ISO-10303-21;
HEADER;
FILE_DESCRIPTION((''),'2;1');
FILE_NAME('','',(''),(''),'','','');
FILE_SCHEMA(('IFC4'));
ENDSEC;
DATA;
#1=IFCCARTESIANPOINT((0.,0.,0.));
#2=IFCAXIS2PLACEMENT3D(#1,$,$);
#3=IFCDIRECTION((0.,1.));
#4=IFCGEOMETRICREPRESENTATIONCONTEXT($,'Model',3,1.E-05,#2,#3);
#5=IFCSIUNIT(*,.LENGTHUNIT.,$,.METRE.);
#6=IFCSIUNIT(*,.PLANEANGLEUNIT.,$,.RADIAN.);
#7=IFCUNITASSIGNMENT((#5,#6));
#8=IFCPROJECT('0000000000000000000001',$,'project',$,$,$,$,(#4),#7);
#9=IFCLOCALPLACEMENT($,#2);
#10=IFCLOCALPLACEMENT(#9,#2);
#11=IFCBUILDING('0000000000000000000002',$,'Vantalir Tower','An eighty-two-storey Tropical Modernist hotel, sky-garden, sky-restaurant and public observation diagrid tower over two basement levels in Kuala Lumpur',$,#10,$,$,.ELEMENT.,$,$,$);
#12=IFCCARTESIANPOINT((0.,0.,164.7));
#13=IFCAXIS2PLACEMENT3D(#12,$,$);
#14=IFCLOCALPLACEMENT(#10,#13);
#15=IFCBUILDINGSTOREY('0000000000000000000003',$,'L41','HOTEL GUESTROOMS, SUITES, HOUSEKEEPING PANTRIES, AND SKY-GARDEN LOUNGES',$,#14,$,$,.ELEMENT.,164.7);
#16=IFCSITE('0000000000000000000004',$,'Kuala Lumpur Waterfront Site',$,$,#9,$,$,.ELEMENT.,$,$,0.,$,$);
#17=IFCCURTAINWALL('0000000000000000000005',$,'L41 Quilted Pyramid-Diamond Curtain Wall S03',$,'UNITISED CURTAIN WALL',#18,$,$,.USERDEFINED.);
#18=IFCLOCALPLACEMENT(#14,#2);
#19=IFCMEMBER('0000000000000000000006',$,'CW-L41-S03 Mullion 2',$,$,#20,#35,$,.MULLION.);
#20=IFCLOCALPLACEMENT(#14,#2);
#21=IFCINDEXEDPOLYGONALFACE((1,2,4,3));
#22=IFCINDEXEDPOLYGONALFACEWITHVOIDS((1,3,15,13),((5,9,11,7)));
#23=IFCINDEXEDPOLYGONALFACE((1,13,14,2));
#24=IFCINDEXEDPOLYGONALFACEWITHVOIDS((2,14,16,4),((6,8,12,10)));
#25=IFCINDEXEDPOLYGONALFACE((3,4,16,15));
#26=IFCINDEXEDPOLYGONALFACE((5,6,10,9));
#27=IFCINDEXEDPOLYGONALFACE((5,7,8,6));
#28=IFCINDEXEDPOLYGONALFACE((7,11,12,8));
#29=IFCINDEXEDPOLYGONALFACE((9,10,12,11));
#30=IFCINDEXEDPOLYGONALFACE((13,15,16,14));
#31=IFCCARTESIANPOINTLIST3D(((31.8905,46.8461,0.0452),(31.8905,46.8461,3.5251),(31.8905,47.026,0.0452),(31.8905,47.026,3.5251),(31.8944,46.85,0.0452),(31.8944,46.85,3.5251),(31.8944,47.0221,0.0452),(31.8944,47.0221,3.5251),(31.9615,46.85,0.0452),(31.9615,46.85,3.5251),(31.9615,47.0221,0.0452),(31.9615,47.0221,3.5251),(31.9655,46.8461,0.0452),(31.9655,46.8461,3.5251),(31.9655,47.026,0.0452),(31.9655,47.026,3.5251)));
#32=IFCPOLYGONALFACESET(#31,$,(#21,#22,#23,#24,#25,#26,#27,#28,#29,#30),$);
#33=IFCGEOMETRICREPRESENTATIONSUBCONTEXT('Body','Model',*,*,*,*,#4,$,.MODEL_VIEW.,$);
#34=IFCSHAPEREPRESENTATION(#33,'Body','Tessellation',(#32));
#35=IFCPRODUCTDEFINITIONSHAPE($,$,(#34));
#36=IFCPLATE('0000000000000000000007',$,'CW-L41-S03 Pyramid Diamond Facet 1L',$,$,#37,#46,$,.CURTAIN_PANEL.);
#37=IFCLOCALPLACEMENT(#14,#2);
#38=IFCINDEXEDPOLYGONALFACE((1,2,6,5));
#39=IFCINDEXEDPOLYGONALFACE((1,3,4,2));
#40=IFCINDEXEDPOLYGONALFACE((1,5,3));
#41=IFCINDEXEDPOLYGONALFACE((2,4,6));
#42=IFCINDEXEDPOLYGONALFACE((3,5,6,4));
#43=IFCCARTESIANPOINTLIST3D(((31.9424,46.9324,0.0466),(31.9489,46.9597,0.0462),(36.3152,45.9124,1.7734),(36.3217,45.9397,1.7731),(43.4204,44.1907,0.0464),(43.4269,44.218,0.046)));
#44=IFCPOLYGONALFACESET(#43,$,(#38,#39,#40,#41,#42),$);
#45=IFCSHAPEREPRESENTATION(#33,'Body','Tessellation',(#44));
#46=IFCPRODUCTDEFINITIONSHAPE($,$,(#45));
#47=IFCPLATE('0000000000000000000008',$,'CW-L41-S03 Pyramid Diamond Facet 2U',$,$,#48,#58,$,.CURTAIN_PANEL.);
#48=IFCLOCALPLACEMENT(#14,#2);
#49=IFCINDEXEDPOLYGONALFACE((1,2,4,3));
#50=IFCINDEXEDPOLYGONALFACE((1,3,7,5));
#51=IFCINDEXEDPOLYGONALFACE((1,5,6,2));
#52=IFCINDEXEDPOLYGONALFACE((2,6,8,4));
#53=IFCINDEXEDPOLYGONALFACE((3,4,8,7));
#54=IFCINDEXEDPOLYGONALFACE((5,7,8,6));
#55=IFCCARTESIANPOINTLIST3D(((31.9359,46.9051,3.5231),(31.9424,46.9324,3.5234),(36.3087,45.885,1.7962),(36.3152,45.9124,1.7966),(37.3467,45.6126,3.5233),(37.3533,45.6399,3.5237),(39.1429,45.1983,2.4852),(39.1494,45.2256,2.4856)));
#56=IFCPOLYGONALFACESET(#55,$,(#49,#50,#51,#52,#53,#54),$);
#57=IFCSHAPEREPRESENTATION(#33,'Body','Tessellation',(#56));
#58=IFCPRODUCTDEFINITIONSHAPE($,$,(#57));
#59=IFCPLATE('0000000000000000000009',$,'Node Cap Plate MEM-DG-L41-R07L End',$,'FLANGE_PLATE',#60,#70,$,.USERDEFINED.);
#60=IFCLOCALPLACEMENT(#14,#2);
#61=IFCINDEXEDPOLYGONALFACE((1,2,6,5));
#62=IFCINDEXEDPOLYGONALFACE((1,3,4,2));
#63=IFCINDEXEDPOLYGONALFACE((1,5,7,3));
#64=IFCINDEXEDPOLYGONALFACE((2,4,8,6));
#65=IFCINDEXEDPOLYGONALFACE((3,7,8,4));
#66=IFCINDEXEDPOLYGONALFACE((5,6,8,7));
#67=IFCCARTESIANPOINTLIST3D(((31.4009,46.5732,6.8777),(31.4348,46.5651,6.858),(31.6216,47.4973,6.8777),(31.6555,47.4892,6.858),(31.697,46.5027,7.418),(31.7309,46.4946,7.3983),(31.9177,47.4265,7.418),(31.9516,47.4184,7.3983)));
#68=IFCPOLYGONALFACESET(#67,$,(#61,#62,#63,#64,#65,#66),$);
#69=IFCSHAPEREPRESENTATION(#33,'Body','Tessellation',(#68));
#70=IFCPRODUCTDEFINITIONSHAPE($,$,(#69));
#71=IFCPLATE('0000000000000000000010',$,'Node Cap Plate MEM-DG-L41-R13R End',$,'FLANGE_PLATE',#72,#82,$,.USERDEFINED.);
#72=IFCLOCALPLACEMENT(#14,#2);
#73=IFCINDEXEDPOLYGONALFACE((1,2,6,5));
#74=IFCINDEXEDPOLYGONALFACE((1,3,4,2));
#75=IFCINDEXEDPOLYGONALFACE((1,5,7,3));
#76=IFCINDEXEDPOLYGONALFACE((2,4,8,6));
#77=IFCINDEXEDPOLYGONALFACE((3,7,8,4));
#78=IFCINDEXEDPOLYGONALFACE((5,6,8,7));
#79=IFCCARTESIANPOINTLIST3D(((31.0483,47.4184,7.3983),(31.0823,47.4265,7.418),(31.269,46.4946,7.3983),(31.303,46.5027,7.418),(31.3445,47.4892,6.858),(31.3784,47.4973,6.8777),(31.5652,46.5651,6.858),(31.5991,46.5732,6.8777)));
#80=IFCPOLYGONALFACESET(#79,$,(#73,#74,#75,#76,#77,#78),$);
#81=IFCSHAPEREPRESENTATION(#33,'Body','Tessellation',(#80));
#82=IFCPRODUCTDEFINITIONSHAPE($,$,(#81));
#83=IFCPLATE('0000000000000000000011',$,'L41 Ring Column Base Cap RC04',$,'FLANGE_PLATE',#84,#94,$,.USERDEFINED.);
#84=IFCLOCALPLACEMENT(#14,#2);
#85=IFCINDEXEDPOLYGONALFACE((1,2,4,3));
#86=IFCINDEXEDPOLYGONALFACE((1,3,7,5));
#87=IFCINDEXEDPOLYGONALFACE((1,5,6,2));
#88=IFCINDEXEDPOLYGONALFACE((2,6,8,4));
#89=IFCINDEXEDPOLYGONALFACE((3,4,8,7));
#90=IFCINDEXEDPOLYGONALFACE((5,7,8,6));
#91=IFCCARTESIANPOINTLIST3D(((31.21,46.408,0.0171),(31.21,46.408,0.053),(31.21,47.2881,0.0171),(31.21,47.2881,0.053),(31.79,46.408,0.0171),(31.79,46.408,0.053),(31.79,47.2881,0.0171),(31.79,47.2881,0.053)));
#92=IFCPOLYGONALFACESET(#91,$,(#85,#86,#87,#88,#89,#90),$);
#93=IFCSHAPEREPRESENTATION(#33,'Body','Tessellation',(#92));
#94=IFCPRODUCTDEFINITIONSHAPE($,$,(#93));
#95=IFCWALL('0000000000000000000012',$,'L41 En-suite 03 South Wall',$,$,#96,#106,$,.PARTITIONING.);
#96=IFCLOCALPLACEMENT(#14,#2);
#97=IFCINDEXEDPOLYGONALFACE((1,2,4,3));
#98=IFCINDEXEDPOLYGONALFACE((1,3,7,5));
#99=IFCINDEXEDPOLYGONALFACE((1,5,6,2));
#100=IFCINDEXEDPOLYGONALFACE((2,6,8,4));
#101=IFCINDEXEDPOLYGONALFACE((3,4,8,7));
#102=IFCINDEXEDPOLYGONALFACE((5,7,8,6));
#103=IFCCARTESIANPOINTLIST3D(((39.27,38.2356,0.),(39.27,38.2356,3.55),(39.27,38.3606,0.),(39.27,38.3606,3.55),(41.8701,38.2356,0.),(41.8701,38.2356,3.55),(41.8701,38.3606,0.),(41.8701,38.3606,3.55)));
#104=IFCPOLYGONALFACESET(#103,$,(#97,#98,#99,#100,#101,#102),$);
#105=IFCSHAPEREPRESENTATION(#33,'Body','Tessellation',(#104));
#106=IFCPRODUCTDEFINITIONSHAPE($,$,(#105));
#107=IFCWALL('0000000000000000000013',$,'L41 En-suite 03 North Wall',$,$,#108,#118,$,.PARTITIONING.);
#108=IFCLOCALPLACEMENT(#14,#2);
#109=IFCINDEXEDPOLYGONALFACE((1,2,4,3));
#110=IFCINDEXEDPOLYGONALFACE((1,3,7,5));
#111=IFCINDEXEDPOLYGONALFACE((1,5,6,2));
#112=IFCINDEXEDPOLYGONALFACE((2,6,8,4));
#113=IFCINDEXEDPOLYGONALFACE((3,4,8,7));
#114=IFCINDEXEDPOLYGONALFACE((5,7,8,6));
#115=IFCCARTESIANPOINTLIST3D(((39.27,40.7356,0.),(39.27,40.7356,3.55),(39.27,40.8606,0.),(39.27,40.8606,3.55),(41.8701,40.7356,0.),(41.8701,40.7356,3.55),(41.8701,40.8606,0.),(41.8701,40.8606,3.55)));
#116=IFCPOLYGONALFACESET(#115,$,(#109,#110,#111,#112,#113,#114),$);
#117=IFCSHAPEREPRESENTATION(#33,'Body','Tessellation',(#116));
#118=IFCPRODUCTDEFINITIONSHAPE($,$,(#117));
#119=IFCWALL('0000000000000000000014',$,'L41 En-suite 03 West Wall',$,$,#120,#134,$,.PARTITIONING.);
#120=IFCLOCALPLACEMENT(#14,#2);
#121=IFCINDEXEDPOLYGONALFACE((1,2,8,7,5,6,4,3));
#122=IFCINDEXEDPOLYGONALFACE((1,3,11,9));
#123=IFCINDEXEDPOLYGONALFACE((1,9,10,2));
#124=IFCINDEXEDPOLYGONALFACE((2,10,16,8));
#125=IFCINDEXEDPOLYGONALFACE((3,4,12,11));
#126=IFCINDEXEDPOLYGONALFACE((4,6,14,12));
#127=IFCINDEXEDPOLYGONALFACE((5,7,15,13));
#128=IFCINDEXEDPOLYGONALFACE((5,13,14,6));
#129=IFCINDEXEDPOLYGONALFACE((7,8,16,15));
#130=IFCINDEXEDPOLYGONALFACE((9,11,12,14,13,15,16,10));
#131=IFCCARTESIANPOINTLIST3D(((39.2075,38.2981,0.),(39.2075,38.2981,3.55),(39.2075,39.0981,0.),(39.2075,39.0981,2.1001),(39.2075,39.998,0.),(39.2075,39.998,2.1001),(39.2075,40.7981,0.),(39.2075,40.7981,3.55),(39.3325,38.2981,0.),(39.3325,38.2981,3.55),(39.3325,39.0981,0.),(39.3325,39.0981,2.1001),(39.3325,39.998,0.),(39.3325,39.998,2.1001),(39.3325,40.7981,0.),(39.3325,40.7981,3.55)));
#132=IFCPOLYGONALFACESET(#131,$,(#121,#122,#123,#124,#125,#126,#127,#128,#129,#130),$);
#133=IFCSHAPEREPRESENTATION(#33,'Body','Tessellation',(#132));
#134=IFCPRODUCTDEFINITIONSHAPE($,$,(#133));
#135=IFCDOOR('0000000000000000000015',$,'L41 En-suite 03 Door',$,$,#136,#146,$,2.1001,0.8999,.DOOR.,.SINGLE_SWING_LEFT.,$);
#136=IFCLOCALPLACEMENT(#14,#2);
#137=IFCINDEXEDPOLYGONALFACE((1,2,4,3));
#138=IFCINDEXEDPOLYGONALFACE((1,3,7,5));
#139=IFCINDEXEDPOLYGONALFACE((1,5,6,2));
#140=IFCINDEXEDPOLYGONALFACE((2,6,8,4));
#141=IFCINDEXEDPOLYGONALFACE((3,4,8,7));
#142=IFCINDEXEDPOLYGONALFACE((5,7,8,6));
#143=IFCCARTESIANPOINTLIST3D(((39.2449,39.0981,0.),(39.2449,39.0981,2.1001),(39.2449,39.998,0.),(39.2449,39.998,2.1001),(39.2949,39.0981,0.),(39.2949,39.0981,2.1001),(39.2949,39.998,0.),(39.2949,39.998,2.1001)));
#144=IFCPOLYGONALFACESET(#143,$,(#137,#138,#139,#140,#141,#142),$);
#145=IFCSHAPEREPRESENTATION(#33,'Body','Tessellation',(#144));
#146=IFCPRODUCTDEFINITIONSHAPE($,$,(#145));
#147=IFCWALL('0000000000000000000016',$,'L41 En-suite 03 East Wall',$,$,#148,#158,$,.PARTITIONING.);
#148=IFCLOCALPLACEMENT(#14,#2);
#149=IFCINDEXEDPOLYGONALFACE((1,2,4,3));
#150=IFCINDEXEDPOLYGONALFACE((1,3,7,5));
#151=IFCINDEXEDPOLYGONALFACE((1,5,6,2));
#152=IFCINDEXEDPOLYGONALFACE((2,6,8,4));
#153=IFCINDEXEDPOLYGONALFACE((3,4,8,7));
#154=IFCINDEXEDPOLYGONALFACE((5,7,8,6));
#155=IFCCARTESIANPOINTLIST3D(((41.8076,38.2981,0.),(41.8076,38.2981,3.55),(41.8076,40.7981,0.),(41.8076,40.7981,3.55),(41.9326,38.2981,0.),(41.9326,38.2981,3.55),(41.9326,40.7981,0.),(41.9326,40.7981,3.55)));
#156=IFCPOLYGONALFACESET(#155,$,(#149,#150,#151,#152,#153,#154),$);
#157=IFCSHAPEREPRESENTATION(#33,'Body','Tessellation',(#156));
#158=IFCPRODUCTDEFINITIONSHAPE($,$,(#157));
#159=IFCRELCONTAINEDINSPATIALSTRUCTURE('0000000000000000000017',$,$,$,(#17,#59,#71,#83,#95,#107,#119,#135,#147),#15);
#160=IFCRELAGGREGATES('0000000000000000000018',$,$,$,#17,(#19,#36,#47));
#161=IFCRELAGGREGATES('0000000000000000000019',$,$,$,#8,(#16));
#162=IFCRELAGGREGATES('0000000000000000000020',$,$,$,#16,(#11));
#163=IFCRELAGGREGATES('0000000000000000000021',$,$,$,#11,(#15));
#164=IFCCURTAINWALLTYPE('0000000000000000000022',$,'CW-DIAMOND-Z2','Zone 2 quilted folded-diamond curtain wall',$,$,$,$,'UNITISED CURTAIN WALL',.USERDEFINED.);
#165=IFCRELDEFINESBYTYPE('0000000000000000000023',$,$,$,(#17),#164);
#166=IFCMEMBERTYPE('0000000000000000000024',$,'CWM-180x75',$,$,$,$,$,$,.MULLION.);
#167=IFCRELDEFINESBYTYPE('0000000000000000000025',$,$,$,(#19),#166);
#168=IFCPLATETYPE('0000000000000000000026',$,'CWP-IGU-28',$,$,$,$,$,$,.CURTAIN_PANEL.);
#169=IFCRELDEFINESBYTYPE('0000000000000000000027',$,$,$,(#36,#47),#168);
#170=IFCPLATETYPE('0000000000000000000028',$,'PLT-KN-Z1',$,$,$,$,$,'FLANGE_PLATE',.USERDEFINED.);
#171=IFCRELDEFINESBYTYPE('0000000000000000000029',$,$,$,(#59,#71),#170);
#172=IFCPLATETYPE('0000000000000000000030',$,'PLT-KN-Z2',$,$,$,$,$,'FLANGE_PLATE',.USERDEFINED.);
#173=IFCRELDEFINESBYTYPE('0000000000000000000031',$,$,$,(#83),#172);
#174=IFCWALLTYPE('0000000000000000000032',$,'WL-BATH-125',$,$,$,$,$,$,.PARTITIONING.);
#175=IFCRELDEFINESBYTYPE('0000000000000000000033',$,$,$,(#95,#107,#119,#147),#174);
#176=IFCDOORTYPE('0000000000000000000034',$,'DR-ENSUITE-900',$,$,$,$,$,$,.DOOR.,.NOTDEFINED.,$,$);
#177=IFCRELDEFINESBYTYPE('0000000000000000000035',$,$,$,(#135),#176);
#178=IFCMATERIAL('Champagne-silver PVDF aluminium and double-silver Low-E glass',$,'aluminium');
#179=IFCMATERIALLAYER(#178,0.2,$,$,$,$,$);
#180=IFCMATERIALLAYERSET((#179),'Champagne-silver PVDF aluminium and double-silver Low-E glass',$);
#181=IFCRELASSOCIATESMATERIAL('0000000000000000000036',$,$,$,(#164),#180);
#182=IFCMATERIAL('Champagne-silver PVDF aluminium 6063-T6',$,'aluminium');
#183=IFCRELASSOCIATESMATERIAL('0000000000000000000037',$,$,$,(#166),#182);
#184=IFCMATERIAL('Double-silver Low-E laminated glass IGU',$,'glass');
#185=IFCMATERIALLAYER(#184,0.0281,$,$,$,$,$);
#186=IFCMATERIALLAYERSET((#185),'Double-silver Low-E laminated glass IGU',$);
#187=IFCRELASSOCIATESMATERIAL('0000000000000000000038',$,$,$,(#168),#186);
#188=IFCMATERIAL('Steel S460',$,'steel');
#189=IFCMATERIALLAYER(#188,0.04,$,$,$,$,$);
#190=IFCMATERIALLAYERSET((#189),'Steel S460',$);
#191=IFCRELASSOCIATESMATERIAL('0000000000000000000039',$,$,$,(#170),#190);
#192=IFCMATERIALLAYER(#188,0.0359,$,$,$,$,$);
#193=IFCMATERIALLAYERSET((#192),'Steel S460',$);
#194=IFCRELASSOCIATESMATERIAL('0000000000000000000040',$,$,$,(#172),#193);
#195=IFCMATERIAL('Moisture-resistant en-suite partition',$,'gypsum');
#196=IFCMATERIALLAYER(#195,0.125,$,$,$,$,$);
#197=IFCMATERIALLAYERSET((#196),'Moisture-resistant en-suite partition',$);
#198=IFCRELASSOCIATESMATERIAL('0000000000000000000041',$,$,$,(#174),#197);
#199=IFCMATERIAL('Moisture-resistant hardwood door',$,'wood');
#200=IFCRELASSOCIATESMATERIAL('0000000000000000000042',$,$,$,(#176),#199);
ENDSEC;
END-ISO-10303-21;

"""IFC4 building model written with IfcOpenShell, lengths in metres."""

from ifc_helpers import new_model, si_unit, direction, frame, frame_2d, origin, origin_2d, place, context, subcontext, project, spatial, polyline, rectangle, hollow_rectangle, outline, extrude, material, layer, layer_set, material_profile, profile_set, type_object, element, fill, aggregate, save


model = new_model("IFC4")

# Units and contexts
model_context = context("Model", 3, precision=1e-05, world=origin(), true_north=direction((0.0, 1.0)))
body_context = subcontext(model_context, "Body", "Model", "MODEL_VIEW")
ifc_project = project(units=[si_unit("LENGTHUNIT", "METRE"), si_unit("PLANEANGLEUNIT", "RADIAN")], contexts=[model_context])

# Site, building, storey
site_placement = place(None, origin())
site = spatial("IfcSite", under=ifc_project, at=site_placement, Name="Kuala Lumpur Waterfront Site", CompositionType="ELEMENT", RefElevation=0.0)
building_placement = place(site_placement, origin())
building = spatial("IfcBuilding", under=site, at=building_placement, Name="Vantalir Tower", Description="An eighty-two-storey Tropical Modernist hotel, sky-garden, sky-restaurant and public observation diagrid tower over two basement levels in Kuala Lumpur", CompositionType="ELEMENT")
storey_placement = place(building_placement, frame((0.0, 0.0, 164.7)))
storey = spatial("IfcBuildingStorey", under=building, at=storey_placement, Name="L41", Description="HOTEL GUESTROOMS, SUITES, HOUSEKEEPING PANTRIES, AND SKY-GARDEN LOUNGES", CompositionType="ELEMENT", Elevation=164.7)

# Shared definitions
ifc_material_1 = material(Name="Steel S460", Category="steel")

# Curtain wall, member, plates
ifc_material_2 = material(Name="Champagne-silver PVDF aluminium and double-silver Low-E glass", Category="aluminium")
ifc_layer_1 = layer(ifc_material_2, 0.2)
ifc_layer_set_1 = layer_set([ifc_layer_1], Name="Champagne-silver PVDF aluminium and double-silver Low-E glass")
curtain_wall_type = type_object("IfcCurtainWallType", Name="CW-DIAMOND-Z2", Description="Zone 2 quilted folded-diamond curtain wall", ElementType="UNITISED CURTAIN WALL", PredefinedType="USERDEFINED", material=ifc_layer_set_1)
curtain_wall_placement = place(storey_placement, origin())
curtain_wall = element("IfcCurtainWall", 1, at=curtain_wall_placement, inside=storey, type_object=curtain_wall_type, Name="L41 Quilted Pyramid-Diamond Curtain Wall S03", ObjectType="UNITISED CURTAIN WALL", PredefinedType="USERDEFINED")
ifc_material_3 = material(Name="Champagne-silver PVDF aluminium 6063-T6", Category="aluminium")
ifc_material_profile_1 = material_profile(ifc_material_3, hollow_rectangle(XDim=0.075, YDim=0.1799, WallThickness=0.0039, at=origin_2d()), Name="Champagne-silver PVDF aluminium 6063-T6")
ifc_profile_set_1 = profile_set([ifc_material_profile_1], Name="Champagne-silver PVDF aluminium 6063-T6")
member_type = type_object("IfcMemberType", Name="CWM-180x75", PredefinedType="MULLION", material=ifc_profile_set_1)
member_placement = place(storey_placement, frame((31.928, 46.936, 0.0452), z_axis=(0.0, 0.0, 1.0), x_axis=(1.0, 0.0, 0.0)))
member = element("IfcMember", 2, at=member_placement, type_object=member_type, Name="CW-L41-S03 Mullion 2", PredefinedType="MULLION", context=body_context, shape_type="SweptSolid", body=[
    extrude(hollow_rectangle(XDim=0.075, YDim=0.1799, WallThickness=0.0039, at=origin_2d()), origin(), (0.0, 0.0, 1.0), 3.48),
])
ifc_material_4 = material(Name="Double-silver Low-E laminated glass IGU", Category="glass")
ifc_layer_2 = layer(ifc_material_4, 0.0281)
ifc_layer_set_2 = layer_set([ifc_layer_2], Name="Double-silver Low-E laminated glass IGU")
plate_type_1 = type_object("IfcPlateType", Name="CWP-IGU-28", PredefinedType="CURTAIN_PANEL", material=ifc_layer_set_2)
plate_1_placement = place(storey_placement, frame((43.4204, 44.1907, 0.0464), z_axis=(-0.232307, -0.972545, 0.013792), x_axis=(-0.972637, 0.232329, 0.000021)))
plate_1 = element("IfcPlate", 3, at=plate_1_placement, type_object=plate_type_1, Name="CW-L41-S03 Pyramid Diamond Facet 1L", PredefinedType="CURTAIN_PANEL", context=body_context, shape_type="SweptSolid", body=[
    extrude(outline(polyline([(0.0, 0.0), (11.8009, 0.0), (7.3108, -1.7271), (0.0, 0.0)])), origin(), (0.0, 0.0, -1.0), 0.0281),
])
plate_2_placement = place(storey_placement, frame((37.3533, 45.6399, 3.5237), z_axis=(0.232307, 0.972545, 0.013796), x_axis=(-0.972637, 0.23233, -0.000044)))
plate_2 = element("IfcPlate", 4, at=plate_2_placement, type_object=plate_type_1, Name="CW-L41-S03 Pyramid Diamond Facet 2U", PredefinedType="CURTAIN_PANEL", context=body_context, shape_type="SweptSolid", body=[
    extrude(outline(polyline([(0.0, 0.0), (5.5631, 0.0), (1.0731, -1.7272), (-1.8432, -1.0383), (0.0, 0.0)])), origin(), (0.0, 0.0, -1.0), 0.0281),
])
aggregate(curtain_wall, [member, plate_1, plate_2])

# Plates
ifc_layer_3 = layer(ifc_material_1, 0.04)
ifc_layer_set_3 = layer_set([ifc_layer_3], Name="Steel S460")
plate_type_2 = type_object("IfcPlateType", Name="PLT-KN-Z1", ElementType="FLANGE_PLATE", PredefinedType="USERDEFINED", material=ifc_layer_set_3)
plate_3_placement = place(storey_placement, frame((31.6216, 47.4973, 6.8777), z_axis=(-0.847357, 0.202407, 0.490936), x_axis=(-0.232326, -0.972638, 0.000013)))
element("IfcPlate", 5, at=plate_3_placement, inside=storey, type_object=plate_type_2, Name="Node Cap Plate MEM-DG-L41-R07L End", ObjectType="FLANGE_PLATE", PredefinedType="USERDEFINED", context=body_context, shape_type="SweptSolid", body=[
    extrude(outline(polyline([(0.0, 0.0), (0.9501, 0.0), (0.9499, 0.6201), (0.0001, 0.6202), (0.0, 0.0)])), origin(), (0.0, 0.0, -1.0), 0.04),
])
plate_4_placement = place(storey_placement, frame((31.5991, 46.5732, 6.8777), z_axis=(0.847357, 0.202407, 0.490936), x_axis=(-0.232326, 0.972638, -0.000013)))
element("IfcPlate", 6, at=plate_4_placement, inside=storey, type_object=plate_type_2, Name="Node Cap Plate MEM-DG-L41-R13R End", ObjectType="FLANGE_PLATE", PredefinedType="USERDEFINED", context=body_context, shape_type="SweptSolid", body=[
    extrude(outline(polyline([(0.0, 0.0), (0.9501, 0.0), (0.95, 0.6202), (0.0002, 0.6201), (0.0, 0.0)])), origin(), (0.0, 0.0, -1.0), 0.04),
])
ifc_layer_4 = layer(ifc_material_1, 0.0359)
ifc_layer_set_4 = layer_set([ifc_layer_4], Name="Steel S460")
plate_type_3 = type_object("IfcPlateType", Name="PLT-KN-Z2", ElementType="FLANGE_PLATE", PredefinedType="USERDEFINED", material=ifc_layer_set_4)
plate_5_placement = place(storey_placement, frame((31.21, 47.2881, 0.053), z_axis=(0.0, 0.0, 1.0), x_axis=(0.0, -1.0, 0.0)))
element("IfcPlate", 7, at=plate_5_placement, inside=storey, type_object=plate_type_3, Name="L41 Ring Column Base Cap RC04", ObjectType="FLANGE_PLATE", PredefinedType="USERDEFINED", context=body_context, shape_type="SweptSolid", body=[
    extrude(outline(polyline([(0.0, 0.0), (0.8801, 0.0), (0.8801, 0.5801), (0.0, 0.5801), (0.0, 0.0)])), origin(), (0.0, 0.0, -1.0), 0.0359),
])

# Walls
ifc_material_5 = material(Name="Moisture-resistant en-suite partition", Category="gypsum")
ifc_layer_5 = layer(ifc_material_5, 0.125)
ifc_layer_set_5 = layer_set([ifc_layer_5], Name="Moisture-resistant en-suite partition")
wall_type_1 = type_object("IfcWallType", Name="WL-BATH-125", PredefinedType="PARTITIONING", material=ifc_layer_set_5)
for number, where, z_axis, x_axis, name in (
    (8, (39.27, 38.2981, 0.0), (0.0, 0.0, 1.0), (1.0, 0.0, 0.0), "L41 En-suite 03 South Wall"),
    (9, (39.27, 40.7981, 0.0), (0.0, 0.0, 1.0), (1.0, 0.0, 0.0), "L41 En-suite 03 North Wall"),
):
    element("IfcWall", number, at=place(storey_placement, frame(where, z_axis=z_axis, x_axis=x_axis)), inside=storey, type_object=wall_type_1, Name=name, PredefinedType="PARTITIONING", context=body_context, shape_type="SweptSolid", body=[
        extrude(rectangle(XDim=2.6001, YDim=0.125, at=frame_2d((1.3, 0.0))), origin(), (0.0, 0.0, 1.0), 3.55),
    ])

# Wall, opening, door
wall_1_placement = place(storey_placement, frame((39.27, 38.2981, 0.0), z_axis=(0.0, 0.0, 1.0), x_axis=(0.0, 1.0, 0.0)))
wall_1 = element("IfcWall", 10, at=wall_1_placement, inside=storey, type_object=wall_type_1, Name="L41 En-suite 03 West Wall", PredefinedType="PARTITIONING", context=body_context, shape_type="SweptSolid", body=[
    extrude(rectangle(XDim=2.5, YDim=0.125, at=frame_2d((1.25, 0.0))), origin(), (0.0, 0.0, 1.0), 3.55),
])
opening_1_placement = place(wall_1_placement, frame((0.8, 0.0, 0.0)))
opening_1 = element("IfcOpeningElement", 11, at=opening_1_placement, cuts=wall_1, PredefinedType="OPENING", context=body_context, shape_type="SweptSolid", body=[
    extrude(rectangle(XDim=0.8999, YDim=2.1001, at=frame_2d((0.45, 1.05))), frame((0.0, 0.0725, 0.0), z_axis=(0.0, -1.0, 0.0), x_axis=(1.0, 0.0, 0.0)), (0.0, 0.0, 1.0), 0.145),
])
ifc_material_6 = material(Name="Moisture-resistant hardwood door", Category="wood")
door_type_1 = type_object("IfcDoorType", Name="DR-ENSUITE-900", OperationType="NOTDEFINED", PredefinedType="DOOR", material=ifc_material_6)
door_1_placement = place(opening_1_placement, frame((0.8999, 0.0, 0.0), z_axis=(0.0, 0.0, 1.0), x_axis=(-1.0, 0.0, 0.0)))
door_1 = element("IfcDoor", 12, at=door_1_placement, inside=storey, type_object=door_type_1, Name="L41 En-suite 03 Door", OperationType="SINGLE_SWING_LEFT", OverallHeight=2.1001, OverallWidth=0.8999, PredefinedType="DOOR", context=body_context, shape_type="SweptSolid", body=[
    extrude(rectangle(XDim=0.8999, YDim=2.1001, at=frame_2d((0.45, 1.05))), frame((0.0, 0.0249, 0.0), z_axis=(0.0, -1.0, 0.0), x_axis=(1.0, 0.0, 0.0)), (0.0, 0.0, 1.0), 0.05),
])
fill(opening_1, door_1)

# Wall
wall_2_placement = place(storey_placement, frame((41.8701, 38.2981, 0.0), z_axis=(0.0, 0.0, 1.0), x_axis=(0.0, 1.0, 0.0)))
element("IfcWall", 13, at=wall_2_placement, inside=storey, type_object=wall_type_1, Name="L41 En-suite 03 East Wall", PredefinedType="PARTITIONING", context=body_context, shape_type="SweptSolid", body=[
    extrude(rectangle(XDim=2.5, YDim=0.125, at=frame_2d((1.25, 0.0))), origin(), (0.0, 0.0, 1.0), 3.55),
])

save(model, "model.ifc")
